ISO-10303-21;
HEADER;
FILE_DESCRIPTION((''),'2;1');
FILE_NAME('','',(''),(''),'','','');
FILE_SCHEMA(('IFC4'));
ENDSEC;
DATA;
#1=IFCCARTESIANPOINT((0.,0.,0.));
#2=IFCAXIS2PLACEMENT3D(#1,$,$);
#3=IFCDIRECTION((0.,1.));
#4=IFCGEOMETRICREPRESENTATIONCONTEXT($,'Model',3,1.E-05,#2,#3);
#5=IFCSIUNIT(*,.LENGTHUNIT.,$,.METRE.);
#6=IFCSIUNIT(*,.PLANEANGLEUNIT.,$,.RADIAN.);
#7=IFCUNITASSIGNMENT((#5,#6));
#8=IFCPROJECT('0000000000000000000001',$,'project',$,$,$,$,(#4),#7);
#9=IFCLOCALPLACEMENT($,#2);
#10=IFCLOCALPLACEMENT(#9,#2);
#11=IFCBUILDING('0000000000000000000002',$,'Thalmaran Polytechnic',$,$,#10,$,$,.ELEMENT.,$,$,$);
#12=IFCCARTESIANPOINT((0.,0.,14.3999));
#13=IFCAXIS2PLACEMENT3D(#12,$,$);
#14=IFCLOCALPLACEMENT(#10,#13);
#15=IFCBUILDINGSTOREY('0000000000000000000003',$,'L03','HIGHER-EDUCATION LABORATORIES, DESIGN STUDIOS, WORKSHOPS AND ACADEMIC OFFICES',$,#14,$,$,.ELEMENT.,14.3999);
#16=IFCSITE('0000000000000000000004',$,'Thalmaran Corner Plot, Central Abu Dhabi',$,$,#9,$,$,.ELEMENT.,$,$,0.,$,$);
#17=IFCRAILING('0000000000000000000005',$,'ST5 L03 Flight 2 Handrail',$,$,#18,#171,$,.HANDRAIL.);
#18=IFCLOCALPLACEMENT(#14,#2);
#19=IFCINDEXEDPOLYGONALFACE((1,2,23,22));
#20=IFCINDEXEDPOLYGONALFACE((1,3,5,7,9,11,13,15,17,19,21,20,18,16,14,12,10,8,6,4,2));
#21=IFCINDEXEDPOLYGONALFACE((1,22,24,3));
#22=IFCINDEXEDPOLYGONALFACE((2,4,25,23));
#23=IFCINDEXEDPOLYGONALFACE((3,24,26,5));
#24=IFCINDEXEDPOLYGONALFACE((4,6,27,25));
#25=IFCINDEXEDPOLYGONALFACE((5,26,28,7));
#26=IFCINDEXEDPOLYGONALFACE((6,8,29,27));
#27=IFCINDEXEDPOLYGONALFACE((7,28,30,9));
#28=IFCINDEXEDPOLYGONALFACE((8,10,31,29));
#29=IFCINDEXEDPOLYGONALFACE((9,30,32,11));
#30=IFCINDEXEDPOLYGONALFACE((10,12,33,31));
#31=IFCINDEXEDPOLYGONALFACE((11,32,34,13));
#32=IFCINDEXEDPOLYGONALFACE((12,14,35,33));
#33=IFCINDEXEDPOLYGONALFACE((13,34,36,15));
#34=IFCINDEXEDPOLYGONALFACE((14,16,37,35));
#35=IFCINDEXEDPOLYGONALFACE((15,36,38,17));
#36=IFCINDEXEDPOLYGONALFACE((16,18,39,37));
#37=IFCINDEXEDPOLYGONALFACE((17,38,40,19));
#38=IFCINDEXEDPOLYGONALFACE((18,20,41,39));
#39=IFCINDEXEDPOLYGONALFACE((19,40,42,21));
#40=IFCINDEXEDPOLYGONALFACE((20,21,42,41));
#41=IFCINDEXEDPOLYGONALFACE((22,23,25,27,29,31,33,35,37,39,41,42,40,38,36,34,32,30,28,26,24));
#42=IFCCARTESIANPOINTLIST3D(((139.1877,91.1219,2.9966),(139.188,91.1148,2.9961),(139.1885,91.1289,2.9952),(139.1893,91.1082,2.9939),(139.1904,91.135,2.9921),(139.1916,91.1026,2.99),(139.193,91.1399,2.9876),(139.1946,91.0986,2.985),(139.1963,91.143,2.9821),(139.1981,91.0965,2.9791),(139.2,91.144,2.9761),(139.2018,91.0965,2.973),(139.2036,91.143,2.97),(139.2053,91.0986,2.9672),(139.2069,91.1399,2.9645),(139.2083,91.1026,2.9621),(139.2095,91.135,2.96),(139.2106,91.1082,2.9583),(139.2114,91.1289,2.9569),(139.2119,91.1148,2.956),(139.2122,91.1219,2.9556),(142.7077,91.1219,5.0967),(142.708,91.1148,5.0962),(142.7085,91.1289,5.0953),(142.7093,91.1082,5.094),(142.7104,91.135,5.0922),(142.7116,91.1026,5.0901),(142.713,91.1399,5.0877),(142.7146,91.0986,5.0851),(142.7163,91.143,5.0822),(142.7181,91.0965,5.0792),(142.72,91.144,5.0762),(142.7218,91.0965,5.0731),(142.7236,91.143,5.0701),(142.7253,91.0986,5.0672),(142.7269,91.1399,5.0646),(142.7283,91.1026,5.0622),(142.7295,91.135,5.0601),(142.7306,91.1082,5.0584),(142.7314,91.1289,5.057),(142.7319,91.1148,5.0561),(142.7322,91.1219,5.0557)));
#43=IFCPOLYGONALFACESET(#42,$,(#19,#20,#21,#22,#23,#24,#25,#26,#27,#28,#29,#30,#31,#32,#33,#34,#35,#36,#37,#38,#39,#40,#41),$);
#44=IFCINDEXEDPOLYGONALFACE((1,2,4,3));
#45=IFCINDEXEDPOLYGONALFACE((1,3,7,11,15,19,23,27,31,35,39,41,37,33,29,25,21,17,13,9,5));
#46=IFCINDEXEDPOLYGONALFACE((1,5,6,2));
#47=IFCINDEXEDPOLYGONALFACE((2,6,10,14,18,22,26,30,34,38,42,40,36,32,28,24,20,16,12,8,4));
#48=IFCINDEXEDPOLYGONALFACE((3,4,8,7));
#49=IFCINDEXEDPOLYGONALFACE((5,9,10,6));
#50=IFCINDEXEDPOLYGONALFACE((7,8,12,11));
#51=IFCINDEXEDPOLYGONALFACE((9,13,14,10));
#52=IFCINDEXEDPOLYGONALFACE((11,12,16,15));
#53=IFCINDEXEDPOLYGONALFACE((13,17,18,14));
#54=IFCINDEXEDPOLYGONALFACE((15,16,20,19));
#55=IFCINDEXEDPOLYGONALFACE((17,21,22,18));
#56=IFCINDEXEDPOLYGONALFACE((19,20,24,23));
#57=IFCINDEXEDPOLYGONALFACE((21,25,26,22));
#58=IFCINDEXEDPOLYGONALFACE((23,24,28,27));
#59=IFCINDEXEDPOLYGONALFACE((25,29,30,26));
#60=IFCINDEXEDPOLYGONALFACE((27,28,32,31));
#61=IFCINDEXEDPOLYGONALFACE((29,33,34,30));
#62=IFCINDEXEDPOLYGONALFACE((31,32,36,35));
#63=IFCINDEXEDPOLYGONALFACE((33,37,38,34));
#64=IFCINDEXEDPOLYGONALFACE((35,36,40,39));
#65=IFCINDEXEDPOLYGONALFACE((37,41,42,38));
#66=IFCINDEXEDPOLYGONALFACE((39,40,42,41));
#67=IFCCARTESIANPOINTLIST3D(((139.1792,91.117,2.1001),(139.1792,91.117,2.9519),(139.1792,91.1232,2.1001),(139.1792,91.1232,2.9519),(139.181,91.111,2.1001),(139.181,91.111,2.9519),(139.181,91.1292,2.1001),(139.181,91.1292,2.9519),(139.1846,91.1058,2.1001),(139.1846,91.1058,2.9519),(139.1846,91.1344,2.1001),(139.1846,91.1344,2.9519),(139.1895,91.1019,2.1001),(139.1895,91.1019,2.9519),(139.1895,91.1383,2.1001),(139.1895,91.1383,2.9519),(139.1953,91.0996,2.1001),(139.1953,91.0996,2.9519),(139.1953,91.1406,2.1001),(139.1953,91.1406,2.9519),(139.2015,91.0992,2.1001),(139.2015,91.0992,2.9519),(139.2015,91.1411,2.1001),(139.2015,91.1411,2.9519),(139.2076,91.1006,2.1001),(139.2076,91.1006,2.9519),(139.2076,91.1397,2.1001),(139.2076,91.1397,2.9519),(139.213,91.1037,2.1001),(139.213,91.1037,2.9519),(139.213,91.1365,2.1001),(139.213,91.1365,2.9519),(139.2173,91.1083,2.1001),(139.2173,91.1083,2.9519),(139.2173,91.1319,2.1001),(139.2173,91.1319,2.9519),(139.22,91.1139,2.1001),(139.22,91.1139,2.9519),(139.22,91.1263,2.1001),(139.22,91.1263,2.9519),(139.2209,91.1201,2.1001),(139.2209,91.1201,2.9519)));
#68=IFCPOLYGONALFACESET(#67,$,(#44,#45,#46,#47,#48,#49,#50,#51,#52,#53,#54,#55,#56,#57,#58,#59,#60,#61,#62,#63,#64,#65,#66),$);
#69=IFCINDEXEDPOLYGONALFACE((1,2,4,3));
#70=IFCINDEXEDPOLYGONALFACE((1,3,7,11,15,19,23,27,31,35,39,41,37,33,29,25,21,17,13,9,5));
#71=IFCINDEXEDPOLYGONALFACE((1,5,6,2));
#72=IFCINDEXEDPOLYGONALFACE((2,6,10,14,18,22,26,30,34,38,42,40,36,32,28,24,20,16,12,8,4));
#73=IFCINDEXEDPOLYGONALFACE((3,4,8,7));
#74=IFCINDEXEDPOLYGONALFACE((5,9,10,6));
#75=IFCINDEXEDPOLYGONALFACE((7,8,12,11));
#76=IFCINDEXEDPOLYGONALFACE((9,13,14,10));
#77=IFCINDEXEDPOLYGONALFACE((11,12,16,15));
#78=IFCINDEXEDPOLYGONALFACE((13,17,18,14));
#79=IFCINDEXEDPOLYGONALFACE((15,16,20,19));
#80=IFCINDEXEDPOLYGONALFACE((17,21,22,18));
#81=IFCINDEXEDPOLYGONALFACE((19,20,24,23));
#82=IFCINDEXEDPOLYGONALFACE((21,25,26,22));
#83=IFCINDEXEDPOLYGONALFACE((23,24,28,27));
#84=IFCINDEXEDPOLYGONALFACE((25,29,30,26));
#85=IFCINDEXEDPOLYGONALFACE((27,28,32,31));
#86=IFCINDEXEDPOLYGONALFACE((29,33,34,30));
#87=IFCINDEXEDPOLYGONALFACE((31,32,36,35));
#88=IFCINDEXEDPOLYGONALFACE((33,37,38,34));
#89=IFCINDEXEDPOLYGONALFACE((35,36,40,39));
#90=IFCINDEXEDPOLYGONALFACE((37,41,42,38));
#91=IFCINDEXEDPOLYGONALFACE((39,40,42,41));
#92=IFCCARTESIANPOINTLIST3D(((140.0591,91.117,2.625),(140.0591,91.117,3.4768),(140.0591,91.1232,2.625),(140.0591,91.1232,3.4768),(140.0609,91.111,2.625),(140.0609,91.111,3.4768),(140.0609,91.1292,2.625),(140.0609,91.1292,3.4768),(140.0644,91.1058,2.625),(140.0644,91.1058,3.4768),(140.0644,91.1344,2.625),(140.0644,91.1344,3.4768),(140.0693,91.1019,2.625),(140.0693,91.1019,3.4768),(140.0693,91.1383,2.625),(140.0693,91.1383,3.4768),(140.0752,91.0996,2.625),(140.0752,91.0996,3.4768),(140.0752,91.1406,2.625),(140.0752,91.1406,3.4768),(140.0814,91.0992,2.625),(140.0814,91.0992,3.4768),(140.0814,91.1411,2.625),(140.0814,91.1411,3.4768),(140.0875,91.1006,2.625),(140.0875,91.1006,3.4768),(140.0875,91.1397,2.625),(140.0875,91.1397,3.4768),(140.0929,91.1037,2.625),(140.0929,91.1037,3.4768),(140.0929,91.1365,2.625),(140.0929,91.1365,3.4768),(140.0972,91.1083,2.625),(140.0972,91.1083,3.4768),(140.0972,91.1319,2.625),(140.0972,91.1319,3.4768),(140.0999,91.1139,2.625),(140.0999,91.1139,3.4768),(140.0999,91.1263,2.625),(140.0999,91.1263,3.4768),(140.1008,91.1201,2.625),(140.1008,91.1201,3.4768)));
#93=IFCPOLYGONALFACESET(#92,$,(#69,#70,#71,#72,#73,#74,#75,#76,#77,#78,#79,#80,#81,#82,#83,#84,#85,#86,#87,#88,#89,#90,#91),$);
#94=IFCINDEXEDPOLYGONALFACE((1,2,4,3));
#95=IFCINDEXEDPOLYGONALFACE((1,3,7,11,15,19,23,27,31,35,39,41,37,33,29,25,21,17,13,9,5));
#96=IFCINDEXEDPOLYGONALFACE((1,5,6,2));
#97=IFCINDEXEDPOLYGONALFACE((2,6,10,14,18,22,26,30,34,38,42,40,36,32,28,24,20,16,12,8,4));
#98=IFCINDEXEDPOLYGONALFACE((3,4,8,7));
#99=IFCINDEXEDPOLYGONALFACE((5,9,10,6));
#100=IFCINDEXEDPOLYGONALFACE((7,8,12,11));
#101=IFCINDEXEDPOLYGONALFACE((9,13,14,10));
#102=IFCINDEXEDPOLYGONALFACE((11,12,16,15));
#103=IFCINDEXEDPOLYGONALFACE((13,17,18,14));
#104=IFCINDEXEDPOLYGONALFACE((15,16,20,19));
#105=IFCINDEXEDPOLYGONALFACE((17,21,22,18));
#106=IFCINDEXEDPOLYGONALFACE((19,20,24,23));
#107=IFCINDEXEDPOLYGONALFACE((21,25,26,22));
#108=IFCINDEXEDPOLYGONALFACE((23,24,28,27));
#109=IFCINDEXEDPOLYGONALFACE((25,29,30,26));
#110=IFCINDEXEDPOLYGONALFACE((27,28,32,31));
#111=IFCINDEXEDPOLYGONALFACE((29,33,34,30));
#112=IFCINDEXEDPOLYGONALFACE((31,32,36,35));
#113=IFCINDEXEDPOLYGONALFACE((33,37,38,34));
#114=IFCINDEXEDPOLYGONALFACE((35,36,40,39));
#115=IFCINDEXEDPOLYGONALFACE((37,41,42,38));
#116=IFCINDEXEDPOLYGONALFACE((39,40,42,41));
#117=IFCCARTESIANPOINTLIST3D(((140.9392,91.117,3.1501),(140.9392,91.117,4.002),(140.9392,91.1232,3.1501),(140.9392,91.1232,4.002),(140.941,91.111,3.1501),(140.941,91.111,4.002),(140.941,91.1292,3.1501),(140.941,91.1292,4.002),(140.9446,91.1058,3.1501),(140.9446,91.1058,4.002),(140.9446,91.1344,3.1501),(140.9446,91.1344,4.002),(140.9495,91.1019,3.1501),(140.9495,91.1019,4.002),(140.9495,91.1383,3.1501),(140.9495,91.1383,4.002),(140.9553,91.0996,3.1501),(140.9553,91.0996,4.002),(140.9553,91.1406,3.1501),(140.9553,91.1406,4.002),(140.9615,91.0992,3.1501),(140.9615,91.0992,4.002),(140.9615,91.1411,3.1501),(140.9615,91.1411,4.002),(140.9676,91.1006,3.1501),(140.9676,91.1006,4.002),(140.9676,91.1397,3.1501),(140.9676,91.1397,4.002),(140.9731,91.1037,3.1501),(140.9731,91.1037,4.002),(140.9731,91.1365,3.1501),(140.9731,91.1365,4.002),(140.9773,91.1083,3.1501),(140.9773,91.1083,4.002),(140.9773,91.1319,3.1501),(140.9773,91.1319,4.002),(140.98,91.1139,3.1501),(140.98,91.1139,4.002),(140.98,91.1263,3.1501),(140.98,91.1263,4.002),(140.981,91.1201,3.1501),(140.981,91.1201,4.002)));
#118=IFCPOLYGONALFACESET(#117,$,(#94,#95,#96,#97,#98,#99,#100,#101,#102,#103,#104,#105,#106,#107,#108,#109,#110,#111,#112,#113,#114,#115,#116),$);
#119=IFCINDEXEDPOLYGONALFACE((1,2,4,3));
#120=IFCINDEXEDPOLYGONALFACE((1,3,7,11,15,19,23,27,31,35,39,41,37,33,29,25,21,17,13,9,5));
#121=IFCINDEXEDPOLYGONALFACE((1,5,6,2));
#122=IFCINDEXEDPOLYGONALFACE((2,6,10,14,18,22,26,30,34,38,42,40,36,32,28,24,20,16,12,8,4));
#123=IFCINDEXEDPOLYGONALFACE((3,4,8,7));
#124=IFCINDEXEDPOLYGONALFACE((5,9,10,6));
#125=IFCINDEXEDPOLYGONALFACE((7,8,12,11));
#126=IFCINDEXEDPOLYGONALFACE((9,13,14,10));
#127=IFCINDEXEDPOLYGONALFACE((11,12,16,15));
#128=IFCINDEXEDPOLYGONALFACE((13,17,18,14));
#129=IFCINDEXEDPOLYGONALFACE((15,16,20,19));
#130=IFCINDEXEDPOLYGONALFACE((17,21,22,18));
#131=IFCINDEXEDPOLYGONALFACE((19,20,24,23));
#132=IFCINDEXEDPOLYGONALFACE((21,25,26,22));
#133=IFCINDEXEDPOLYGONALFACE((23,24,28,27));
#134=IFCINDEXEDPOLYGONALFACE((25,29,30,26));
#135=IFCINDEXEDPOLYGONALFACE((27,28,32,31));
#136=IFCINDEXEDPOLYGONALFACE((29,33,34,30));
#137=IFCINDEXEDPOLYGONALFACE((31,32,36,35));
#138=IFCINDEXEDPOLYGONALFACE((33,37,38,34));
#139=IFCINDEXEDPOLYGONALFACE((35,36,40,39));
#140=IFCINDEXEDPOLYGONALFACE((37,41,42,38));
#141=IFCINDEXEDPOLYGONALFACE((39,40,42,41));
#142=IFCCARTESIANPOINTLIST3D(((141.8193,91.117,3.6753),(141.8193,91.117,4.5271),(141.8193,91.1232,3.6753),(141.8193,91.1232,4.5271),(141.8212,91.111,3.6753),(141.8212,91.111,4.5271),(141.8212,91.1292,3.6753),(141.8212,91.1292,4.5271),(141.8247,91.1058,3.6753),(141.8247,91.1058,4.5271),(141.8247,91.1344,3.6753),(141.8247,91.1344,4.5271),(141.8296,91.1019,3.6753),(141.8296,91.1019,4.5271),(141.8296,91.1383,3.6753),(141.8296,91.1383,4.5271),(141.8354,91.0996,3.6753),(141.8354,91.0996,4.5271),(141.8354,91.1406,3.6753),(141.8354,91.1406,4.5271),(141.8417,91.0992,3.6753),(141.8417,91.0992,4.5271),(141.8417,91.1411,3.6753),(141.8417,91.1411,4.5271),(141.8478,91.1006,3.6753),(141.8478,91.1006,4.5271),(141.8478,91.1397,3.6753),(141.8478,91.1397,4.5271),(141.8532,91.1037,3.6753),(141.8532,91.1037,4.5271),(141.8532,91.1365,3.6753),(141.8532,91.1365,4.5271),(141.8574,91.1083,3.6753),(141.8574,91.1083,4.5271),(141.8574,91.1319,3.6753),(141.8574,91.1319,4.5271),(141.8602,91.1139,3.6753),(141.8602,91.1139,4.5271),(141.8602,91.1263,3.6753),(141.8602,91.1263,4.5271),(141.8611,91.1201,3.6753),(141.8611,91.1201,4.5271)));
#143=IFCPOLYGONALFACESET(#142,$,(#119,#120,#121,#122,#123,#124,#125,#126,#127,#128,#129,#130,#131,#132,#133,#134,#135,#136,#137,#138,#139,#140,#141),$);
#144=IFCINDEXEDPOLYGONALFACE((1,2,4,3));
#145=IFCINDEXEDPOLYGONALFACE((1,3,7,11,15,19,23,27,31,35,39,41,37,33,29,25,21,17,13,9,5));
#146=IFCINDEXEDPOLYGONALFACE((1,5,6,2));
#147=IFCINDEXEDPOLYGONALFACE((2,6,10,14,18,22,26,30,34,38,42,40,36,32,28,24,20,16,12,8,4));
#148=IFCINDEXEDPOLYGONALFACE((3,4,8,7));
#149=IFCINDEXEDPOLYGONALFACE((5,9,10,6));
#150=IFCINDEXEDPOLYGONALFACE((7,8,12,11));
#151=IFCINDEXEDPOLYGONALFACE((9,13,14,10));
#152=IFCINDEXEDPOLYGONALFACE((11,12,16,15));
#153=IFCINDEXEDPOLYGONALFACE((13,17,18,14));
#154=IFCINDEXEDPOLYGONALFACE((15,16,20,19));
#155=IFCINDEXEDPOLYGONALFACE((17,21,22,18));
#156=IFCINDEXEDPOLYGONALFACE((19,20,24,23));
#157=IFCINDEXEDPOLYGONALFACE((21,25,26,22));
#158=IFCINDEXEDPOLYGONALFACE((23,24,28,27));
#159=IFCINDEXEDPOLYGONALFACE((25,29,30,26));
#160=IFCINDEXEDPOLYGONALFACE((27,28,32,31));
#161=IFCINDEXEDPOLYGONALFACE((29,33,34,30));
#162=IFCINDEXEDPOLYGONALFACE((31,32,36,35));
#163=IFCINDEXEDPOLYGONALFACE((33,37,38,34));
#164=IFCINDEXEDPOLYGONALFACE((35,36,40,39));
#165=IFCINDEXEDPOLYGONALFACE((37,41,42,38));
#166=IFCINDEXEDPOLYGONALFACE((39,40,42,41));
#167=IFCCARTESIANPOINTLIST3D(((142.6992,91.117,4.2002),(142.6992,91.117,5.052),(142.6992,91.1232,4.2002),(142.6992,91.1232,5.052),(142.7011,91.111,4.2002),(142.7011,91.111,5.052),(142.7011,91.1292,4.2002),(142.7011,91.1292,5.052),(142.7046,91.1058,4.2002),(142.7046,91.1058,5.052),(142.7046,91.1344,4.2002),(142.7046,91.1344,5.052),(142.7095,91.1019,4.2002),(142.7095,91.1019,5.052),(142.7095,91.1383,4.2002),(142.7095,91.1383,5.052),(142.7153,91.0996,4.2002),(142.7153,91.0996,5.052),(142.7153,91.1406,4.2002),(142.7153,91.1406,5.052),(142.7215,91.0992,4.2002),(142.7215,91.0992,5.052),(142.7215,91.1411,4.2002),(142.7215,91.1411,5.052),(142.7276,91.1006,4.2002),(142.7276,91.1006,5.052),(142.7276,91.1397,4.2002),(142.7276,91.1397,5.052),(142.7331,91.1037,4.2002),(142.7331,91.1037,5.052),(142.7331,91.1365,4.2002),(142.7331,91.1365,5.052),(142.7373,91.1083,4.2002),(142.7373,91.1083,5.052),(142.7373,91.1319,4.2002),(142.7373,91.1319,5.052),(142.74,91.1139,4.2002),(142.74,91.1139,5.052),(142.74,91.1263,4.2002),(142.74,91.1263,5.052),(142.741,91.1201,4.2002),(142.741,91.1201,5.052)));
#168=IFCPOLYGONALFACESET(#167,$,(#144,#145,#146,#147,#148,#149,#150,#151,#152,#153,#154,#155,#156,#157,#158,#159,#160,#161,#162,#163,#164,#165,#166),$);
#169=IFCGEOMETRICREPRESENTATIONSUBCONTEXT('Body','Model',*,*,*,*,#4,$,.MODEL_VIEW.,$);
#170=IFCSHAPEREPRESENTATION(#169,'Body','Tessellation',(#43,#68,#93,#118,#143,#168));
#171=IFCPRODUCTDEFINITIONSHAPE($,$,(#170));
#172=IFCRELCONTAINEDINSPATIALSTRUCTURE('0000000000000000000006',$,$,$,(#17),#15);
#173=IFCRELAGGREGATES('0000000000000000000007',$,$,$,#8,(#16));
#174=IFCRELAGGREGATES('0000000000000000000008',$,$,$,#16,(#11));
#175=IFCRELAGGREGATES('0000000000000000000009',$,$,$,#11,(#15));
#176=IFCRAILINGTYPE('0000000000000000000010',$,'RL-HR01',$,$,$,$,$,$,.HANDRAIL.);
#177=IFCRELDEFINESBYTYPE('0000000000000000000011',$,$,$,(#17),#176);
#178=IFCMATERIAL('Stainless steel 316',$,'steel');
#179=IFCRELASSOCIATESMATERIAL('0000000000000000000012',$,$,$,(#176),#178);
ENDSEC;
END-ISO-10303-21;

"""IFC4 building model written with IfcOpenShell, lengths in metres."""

from ifc_helpers import new_model, si_unit, direction, frame, origin, origin_2d, place, context, subcontext, project, spatial, circle, extrude, material, type_object, element, save


model = new_model("IFC4")

# Units and contexts
model_context = context("Model", 3, precision=1e-05, world=origin(), true_north=direction((0.0, 1.0)))
body_context = subcontext(model_context, "Body", "Model", "MODEL_VIEW")
ifc_project = project(units=[si_unit("LENGTHUNIT", "METRE"), si_unit("PLANEANGLEUNIT", "RADIAN")], contexts=[model_context])

# Site, building, storey
site_placement = place(None, origin())
site = spatial("IfcSite", under=ifc_project, at=site_placement, Name="Thalmaran Corner Plot, Central Abu Dhabi", CompositionType="ELEMENT", RefElevation=0.0)
building_placement = place(site_placement, origin())
building = spatial("IfcBuilding", under=site, at=building_placement, Name="Thalmaran Polytechnic", CompositionType="ELEMENT")
storey_placement = place(building_placement, frame((0.0, 0.0, 14.3999)))
storey = spatial("IfcBuildingStorey", under=building, at=storey_placement, Name="L03", Description="HIGHER-EDUCATION LABORATORIES, DESIGN STUDIOS, WORKSHOPS AND ACADEMIC OFFICES", CompositionType="ELEMENT", Elevation=14.3999)

# Railing
ifc_material_1 = material(Name="Stainless steel 316", Category="steel")
railing_type_1 = type_object("IfcRailingType", Name="RL-HR01", PredefinedType="HANDRAIL", material=ifc_material_1)
railing_1_placement = place(storey_placement, frame((139.2, 91.1201, 2.1001)))
element("IfcRailing", 1, at=railing_1_placement, inside=storey, type_object=railing_type_1, Name="ST5 L03 Flight 2 Handrail", PredefinedType="HANDRAIL", context=body_context, shape_type="SweptSolid", body=[
    extrude(circle(Radius=0.0239, at=origin_2d()), frame((0.0, 0.0, 0.876), z_axis=(0.858773, 0.0, 0.512357), x_axis=(0.0, 1.0, 0.0)), (0.0, 0.0, 1.0), 4.0989),
    extrude(circle(Radius=0.021, at=origin_2d()), origin(), (0.0, 0.0, 1.0), 0.8518),
    extrude(circle(Radius=0.021, at=origin_2d()), frame((0.8799, 0.0, 0.5249)), (0.0, 0.0, 1.0), 0.8518),
    extrude(circle(Radius=0.021, at=origin_2d()), frame((1.76, 0.0, 1.05)), (0.0, 0.0, 1.0), 0.8518),
    extrude(circle(Radius=0.021, at=origin_2d()), frame((2.6401, 0.0, 1.5752)), (0.0, 0.0, 1.0), 0.8518),
    extrude(circle(Radius=0.021, at=origin_2d()), frame((3.52, 0.0, 2.1001)), (0.0, 0.0, 1.0), 0.8518),
])

save(model, "model.ifc")
